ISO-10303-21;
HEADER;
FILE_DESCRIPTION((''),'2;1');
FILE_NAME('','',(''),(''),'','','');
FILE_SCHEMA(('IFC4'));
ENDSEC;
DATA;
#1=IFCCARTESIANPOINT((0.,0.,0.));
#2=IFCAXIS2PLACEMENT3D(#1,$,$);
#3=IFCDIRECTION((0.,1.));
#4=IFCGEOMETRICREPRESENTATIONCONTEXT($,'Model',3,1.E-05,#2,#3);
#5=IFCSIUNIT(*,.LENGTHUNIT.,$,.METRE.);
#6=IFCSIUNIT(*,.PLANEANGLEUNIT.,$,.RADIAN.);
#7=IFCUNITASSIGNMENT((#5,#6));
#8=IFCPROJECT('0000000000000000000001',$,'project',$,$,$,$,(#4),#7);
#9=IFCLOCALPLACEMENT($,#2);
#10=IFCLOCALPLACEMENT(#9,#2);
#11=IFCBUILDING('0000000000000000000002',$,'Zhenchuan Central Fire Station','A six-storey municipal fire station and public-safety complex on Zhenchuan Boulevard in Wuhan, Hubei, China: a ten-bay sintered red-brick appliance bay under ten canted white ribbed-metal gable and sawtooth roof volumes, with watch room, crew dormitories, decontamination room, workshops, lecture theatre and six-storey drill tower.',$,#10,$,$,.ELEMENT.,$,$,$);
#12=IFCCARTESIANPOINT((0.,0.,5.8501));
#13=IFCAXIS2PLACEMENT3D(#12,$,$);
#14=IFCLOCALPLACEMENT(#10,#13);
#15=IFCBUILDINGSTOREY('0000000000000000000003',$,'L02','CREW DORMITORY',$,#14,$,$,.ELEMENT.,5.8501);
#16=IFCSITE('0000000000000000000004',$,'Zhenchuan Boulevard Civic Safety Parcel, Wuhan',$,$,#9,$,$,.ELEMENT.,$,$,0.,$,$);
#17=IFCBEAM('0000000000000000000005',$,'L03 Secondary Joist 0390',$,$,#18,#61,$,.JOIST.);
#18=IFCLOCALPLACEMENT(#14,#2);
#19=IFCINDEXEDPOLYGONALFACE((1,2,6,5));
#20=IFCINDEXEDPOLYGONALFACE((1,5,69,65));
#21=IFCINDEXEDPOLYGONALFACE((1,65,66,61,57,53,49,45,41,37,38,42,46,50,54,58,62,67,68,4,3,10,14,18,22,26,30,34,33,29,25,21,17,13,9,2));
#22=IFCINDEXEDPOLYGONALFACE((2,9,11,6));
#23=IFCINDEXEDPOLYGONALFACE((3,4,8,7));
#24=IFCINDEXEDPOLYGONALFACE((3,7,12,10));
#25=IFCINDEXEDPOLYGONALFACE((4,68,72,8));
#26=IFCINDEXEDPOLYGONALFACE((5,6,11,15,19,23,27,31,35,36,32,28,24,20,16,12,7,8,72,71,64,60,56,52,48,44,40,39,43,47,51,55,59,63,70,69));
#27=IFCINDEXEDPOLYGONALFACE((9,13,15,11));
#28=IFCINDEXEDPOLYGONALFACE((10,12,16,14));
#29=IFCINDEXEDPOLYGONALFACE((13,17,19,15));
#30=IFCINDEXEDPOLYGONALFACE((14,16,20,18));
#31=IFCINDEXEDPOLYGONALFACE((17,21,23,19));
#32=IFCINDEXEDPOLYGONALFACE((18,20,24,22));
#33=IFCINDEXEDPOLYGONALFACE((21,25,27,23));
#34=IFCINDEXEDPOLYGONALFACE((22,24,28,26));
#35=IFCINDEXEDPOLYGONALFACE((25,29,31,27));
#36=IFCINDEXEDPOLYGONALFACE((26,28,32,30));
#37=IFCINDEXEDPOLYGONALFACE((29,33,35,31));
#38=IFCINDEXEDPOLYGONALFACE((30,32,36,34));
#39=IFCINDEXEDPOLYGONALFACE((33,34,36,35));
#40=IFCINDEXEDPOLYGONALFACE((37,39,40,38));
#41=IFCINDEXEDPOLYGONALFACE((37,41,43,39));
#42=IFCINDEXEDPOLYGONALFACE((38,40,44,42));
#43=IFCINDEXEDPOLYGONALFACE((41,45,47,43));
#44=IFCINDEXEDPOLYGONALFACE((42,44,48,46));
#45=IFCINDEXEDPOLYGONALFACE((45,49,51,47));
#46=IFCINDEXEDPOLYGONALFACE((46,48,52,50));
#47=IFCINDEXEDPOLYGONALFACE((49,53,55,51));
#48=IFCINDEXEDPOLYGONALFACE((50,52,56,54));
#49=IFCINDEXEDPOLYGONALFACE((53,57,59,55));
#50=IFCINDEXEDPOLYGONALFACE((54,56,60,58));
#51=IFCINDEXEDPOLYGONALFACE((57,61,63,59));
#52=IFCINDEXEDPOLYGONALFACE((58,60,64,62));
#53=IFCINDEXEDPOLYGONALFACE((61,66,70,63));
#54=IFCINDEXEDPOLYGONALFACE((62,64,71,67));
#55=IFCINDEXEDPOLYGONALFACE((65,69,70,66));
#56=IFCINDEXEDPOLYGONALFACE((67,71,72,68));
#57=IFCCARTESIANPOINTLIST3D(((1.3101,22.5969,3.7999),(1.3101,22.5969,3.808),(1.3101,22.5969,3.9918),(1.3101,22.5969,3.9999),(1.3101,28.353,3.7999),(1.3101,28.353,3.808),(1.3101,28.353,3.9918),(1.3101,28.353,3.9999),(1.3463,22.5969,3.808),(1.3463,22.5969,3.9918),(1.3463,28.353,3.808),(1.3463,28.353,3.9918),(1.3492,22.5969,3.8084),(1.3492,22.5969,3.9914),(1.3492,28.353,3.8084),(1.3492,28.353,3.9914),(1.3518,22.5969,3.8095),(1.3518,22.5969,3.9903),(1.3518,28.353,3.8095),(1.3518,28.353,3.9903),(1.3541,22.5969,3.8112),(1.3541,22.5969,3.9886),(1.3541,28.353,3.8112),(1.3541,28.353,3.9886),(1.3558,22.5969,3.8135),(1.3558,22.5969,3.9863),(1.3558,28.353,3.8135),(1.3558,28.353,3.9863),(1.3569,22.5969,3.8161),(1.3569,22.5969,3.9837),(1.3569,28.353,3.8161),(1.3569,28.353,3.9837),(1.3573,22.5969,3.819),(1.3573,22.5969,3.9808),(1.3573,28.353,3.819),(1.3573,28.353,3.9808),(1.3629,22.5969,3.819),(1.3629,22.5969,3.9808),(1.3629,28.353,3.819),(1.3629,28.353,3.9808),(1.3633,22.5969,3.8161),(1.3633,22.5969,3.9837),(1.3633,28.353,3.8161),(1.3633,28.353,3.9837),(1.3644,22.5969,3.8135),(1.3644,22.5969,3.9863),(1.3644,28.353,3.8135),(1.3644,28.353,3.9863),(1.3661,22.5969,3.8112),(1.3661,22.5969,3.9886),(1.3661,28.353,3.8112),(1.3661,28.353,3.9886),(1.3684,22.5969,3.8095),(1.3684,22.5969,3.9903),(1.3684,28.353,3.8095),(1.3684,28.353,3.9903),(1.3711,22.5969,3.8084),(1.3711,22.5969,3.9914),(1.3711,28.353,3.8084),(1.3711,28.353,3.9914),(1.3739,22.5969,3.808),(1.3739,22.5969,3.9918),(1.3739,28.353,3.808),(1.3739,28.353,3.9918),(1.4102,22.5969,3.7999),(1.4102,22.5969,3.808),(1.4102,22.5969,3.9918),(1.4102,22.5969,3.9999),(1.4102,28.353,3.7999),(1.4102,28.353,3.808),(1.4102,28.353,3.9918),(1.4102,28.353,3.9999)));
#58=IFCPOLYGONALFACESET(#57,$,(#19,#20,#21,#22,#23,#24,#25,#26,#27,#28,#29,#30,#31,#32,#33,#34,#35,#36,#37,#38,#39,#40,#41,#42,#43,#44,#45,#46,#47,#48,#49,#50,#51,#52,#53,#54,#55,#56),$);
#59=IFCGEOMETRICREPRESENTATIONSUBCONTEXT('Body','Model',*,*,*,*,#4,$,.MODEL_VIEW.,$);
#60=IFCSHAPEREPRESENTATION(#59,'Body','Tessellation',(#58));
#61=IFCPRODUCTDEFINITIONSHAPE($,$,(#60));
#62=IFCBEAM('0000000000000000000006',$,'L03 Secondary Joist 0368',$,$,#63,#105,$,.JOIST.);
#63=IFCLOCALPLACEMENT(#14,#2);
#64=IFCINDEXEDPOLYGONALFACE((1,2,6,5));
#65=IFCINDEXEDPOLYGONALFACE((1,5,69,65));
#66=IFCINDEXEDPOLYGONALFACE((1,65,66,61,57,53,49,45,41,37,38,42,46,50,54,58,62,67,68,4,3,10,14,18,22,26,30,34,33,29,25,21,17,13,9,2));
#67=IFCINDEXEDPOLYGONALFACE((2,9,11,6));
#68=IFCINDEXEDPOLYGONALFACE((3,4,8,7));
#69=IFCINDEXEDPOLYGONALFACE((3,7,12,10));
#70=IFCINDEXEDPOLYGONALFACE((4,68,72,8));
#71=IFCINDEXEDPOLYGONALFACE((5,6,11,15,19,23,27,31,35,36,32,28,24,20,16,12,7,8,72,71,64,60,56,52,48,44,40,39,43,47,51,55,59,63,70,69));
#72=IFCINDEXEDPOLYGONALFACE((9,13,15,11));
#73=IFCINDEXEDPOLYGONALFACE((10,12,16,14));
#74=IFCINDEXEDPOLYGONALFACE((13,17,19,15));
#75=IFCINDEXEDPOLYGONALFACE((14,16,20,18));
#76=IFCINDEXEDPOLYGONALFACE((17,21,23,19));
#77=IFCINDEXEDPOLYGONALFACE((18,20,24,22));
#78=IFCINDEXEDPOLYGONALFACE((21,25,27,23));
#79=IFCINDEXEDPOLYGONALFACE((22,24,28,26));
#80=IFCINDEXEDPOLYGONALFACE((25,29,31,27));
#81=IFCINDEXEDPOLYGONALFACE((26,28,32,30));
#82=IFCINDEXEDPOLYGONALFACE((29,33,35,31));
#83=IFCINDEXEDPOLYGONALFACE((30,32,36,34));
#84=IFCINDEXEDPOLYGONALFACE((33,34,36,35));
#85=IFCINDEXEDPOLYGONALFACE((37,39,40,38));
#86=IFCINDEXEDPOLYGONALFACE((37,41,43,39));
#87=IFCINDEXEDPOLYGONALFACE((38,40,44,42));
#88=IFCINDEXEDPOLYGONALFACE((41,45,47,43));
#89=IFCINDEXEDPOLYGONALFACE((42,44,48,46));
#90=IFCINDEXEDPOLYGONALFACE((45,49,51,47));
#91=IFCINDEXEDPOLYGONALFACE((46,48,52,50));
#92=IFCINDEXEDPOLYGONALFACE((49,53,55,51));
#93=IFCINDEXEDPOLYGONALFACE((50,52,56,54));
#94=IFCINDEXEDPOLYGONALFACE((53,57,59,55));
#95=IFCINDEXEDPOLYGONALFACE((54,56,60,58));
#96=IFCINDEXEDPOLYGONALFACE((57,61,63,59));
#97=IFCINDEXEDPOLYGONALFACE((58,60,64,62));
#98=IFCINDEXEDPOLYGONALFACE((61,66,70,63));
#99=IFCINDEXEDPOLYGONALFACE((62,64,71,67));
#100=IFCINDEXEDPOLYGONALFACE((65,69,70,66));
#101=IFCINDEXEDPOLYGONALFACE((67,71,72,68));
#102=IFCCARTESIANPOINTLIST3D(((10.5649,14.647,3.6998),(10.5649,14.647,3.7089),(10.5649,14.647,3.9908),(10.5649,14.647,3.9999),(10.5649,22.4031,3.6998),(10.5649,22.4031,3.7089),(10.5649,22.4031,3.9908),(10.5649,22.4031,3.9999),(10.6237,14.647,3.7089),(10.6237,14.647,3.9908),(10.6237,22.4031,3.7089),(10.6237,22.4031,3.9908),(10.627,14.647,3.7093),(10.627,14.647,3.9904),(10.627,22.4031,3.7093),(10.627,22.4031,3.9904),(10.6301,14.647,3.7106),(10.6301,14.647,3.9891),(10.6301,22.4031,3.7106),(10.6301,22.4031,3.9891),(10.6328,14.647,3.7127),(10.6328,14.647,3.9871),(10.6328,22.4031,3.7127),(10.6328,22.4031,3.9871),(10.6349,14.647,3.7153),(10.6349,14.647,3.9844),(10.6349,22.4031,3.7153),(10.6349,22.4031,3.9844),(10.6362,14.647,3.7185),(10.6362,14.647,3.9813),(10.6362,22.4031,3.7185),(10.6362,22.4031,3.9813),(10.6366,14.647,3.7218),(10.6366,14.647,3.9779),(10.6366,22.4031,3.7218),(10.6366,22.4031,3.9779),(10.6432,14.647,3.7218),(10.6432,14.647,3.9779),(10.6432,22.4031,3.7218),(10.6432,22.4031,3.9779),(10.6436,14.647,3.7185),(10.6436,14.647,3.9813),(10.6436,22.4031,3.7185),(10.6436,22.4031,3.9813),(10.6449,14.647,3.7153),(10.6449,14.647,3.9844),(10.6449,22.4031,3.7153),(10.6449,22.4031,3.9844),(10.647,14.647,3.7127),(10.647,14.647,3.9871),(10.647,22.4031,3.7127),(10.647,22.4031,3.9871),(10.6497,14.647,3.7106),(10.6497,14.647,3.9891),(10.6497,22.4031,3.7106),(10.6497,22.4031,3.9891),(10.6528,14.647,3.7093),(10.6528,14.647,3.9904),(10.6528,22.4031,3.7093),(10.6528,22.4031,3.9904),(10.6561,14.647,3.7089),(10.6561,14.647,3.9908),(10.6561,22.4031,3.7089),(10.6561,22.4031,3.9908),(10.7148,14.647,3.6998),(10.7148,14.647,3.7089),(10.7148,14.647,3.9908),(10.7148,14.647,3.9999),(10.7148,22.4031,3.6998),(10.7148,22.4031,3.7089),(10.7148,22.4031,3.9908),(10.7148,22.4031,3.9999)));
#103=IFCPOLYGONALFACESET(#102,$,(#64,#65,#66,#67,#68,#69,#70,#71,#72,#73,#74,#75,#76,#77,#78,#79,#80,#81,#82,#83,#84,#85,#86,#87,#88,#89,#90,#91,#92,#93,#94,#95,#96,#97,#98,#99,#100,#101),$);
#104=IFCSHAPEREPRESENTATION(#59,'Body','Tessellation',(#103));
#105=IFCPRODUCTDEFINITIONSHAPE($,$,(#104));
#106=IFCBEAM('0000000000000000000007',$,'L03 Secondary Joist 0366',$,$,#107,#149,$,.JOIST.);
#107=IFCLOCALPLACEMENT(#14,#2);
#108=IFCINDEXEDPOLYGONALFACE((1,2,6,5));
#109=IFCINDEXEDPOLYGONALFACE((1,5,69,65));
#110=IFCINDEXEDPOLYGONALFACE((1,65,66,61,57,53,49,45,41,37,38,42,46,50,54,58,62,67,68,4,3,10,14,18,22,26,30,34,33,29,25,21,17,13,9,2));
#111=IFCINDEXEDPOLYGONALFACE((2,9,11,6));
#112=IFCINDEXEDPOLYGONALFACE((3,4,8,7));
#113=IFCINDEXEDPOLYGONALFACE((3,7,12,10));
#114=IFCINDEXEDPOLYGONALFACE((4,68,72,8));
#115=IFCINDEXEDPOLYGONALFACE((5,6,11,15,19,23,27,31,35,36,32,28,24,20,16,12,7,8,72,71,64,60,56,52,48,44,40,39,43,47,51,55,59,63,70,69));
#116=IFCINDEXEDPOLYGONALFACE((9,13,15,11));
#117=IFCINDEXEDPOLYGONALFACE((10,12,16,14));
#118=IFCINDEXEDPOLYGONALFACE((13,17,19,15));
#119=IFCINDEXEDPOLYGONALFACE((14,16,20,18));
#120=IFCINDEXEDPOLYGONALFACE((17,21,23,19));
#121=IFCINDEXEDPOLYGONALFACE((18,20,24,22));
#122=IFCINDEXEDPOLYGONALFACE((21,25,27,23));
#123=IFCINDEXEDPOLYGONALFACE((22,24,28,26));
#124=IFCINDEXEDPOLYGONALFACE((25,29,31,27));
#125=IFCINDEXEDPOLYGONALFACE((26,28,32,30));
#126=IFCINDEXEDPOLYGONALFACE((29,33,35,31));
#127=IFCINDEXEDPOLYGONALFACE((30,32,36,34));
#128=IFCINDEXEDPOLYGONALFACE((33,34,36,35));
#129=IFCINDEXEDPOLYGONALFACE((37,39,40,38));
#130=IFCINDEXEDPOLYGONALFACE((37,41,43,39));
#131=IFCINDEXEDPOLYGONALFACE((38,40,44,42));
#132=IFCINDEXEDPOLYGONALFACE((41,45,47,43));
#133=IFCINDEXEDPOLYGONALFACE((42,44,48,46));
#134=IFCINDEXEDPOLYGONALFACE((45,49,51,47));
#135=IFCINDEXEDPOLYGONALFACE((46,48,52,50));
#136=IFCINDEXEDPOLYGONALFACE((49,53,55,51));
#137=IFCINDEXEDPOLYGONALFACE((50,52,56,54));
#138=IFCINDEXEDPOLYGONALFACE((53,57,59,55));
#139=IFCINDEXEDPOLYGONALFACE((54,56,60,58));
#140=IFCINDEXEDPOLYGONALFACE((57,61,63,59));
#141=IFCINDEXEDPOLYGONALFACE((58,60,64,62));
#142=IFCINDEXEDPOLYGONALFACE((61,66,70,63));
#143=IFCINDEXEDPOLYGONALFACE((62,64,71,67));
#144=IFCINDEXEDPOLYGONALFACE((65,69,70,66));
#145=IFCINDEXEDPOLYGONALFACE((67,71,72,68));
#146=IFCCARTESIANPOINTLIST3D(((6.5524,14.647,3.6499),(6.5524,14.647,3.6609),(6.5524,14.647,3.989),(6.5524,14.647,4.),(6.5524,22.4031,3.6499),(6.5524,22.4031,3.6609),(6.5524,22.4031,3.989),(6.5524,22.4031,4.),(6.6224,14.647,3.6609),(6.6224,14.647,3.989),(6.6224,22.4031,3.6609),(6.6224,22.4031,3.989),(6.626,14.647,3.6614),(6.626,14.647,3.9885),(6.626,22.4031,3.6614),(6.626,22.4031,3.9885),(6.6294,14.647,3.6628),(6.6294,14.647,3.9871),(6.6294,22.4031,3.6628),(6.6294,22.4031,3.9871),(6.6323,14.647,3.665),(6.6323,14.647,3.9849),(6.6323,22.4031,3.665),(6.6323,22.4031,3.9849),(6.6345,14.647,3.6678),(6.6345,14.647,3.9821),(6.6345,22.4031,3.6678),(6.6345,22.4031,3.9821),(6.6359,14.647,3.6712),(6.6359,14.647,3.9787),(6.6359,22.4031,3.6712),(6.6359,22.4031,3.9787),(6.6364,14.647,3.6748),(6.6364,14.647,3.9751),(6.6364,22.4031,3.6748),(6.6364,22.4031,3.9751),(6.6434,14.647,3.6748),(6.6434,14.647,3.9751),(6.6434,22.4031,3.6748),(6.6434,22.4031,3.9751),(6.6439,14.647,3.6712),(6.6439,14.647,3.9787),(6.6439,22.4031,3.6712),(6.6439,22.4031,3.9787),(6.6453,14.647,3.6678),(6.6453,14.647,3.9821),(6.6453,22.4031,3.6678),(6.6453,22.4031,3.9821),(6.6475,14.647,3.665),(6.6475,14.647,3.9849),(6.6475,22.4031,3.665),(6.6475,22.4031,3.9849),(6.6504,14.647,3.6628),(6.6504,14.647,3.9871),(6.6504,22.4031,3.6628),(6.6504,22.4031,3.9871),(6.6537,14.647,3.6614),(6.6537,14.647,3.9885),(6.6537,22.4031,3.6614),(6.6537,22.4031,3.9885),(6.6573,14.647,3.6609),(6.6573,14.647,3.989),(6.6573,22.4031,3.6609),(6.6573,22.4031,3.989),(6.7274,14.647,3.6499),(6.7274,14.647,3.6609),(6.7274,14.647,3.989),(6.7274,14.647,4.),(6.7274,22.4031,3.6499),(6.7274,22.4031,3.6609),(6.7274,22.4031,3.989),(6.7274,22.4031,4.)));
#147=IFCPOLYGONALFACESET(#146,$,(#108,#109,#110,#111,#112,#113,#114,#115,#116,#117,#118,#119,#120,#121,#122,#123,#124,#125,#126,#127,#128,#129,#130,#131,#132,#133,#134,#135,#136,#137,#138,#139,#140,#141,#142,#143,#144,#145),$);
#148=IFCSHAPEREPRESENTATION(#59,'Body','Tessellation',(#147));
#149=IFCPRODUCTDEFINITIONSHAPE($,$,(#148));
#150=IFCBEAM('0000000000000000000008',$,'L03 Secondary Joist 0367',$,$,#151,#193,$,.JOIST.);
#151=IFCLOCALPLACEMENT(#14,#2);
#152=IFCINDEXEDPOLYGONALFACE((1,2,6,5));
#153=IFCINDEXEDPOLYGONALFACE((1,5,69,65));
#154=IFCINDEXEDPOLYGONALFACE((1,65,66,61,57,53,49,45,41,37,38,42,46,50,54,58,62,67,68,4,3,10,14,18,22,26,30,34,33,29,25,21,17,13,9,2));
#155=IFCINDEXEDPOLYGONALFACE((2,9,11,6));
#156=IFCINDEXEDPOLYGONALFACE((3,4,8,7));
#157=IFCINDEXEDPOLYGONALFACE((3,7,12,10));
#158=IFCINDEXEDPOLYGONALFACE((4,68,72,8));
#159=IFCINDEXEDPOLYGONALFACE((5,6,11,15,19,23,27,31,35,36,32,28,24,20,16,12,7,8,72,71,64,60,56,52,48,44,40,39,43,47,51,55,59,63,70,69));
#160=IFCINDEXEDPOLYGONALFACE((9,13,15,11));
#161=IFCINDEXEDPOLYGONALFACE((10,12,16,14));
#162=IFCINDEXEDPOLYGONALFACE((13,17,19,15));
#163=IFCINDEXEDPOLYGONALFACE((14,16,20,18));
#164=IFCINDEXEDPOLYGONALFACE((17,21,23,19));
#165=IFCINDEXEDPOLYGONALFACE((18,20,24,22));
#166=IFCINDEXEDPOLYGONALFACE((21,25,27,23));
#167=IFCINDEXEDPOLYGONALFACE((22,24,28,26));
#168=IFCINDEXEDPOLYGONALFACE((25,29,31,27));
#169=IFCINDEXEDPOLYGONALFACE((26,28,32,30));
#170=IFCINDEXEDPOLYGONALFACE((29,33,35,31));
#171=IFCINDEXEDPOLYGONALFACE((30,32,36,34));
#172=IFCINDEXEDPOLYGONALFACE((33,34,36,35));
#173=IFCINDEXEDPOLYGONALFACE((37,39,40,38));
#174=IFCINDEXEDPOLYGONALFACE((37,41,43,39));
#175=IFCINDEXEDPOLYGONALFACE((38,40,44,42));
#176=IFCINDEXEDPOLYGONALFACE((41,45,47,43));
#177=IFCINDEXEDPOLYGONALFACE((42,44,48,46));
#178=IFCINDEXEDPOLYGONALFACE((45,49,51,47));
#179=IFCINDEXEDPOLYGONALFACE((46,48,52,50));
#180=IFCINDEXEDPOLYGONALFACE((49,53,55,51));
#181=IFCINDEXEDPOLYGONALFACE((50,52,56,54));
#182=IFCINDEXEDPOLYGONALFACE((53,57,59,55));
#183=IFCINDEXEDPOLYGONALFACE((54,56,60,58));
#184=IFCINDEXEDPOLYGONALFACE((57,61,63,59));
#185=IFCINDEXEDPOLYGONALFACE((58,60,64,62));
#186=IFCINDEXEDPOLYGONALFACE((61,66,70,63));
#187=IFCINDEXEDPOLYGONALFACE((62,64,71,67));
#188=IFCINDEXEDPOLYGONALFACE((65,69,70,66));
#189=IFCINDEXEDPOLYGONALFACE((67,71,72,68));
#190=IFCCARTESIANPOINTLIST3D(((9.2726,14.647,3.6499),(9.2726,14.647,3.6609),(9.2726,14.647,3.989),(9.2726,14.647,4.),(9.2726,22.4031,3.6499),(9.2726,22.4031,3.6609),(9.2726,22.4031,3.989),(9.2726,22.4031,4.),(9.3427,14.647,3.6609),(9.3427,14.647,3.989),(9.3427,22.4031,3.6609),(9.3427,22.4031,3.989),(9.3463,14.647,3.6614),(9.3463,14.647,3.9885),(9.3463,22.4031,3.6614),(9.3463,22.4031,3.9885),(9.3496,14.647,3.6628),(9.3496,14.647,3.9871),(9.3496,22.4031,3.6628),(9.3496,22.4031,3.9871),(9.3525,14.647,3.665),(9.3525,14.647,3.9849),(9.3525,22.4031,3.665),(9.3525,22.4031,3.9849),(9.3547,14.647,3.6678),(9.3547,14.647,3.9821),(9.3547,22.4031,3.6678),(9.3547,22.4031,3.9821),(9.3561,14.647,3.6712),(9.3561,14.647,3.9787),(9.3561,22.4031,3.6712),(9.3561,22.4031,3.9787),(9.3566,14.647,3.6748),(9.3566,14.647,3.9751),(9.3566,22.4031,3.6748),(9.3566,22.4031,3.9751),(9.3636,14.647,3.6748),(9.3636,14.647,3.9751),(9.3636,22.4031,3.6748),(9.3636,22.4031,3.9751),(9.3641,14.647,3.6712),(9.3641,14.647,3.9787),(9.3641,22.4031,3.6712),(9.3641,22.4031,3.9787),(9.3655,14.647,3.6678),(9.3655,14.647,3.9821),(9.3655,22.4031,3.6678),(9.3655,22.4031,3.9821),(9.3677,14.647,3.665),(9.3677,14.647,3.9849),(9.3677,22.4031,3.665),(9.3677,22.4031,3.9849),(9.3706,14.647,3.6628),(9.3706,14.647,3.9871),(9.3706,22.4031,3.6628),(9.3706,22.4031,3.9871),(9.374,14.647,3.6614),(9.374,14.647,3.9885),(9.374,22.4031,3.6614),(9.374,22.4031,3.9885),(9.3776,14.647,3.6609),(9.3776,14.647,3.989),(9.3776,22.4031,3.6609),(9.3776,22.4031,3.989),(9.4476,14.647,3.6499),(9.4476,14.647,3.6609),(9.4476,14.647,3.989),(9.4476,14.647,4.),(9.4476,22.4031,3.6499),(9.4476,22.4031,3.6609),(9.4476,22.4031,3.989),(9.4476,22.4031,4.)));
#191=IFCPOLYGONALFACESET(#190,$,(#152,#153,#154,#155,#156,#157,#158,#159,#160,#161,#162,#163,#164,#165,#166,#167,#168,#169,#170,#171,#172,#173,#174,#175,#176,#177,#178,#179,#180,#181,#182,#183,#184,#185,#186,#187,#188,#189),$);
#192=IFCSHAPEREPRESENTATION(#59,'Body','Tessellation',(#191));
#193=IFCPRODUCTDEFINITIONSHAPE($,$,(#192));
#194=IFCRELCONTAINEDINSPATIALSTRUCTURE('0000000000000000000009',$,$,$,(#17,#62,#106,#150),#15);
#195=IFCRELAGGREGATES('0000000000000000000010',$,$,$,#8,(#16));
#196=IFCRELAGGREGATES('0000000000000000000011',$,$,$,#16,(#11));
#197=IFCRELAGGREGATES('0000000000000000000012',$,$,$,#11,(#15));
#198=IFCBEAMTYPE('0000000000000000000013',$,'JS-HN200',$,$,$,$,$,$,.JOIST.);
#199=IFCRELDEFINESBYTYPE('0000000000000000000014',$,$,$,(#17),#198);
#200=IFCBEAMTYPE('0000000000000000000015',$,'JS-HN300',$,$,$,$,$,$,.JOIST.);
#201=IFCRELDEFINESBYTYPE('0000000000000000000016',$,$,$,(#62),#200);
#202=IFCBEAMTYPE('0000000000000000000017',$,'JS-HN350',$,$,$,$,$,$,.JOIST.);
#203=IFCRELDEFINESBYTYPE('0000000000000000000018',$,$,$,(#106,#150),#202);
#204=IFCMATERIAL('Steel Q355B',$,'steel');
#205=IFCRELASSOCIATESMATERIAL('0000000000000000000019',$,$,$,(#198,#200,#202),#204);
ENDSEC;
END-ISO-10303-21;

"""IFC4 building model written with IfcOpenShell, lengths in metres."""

from ifc_helpers import new_model, si_unit, direction, frame, origin, origin_2d, place, context, subcontext, project, spatial, i_section, extrude, material, material_profile, profile_set, type_object, element, save


model = new_model("IFC4")

# Units and contexts
model_context = context("Model", 3, precision=1e-05, world=origin(), true_north=direction((0.0, 1.0)))
body_context = subcontext(model_context, "Body", "Model", "MODEL_VIEW")
ifc_project = project(units=[si_unit("LENGTHUNIT", "METRE"), si_unit("PLANEANGLEUNIT", "RADIAN")], contexts=[model_context])

# Site, building, storey
site_placement = place(None, origin())
site = spatial("IfcSite", under=ifc_project, at=site_placement, Name="Zhenchuan Boulevard Civic Safety Parcel, Wuhan", CompositionType="ELEMENT", RefElevation=0.0)
building_placement = place(site_placement, origin())
building = spatial("IfcBuilding", under=site, at=building_placement, Name="Zhenchuan Central Fire Station", Description="A six-storey municipal fire station and public-safety complex on Zhenchuan Boulevard in Wuhan, Hubei, China: a ten-bay sintered red-brick appliance bay under ten canted white ribbed-metal gable and sawtooth roof volumes, with watch room, crew dormitories, decontamination room, workshops, lecture theatre and six-storey drill tower.", CompositionType="ELEMENT")
storey_placement = place(building_placement, frame((0.0, 0.0, 5.8501)))
storey = spatial("IfcBuildingStorey", under=building, at=storey_placement, Name="L02", Description="CREW DORMITORY", CompositionType="ELEMENT", Elevation=5.8501)

# Shared definitions
ifc_material_1 = material(Name="Steel Q355B", Category="steel")

# Beams
ifc_material_profile_1 = material_profile(ifc_material_1, i_section(OverallWidth=0.1001, OverallDepth=0.2, WebThickness=0.0056, FlangeThickness=0.0081, FilletRadius=0.011, at=origin_2d()), Name="HN 200x100")
ifc_profile_set_1 = profile_set([ifc_material_profile_1], Name="Steel Q355B")
beam_type_1 = type_object("IfcBeamType", Name="JS-HN200", PredefinedType="JOIST", material=ifc_profile_set_1)
beam_1_placement = place(storey_placement, frame((1.3601, 22.5969, 3.8999), z_axis=(0.0, 1.0, 0.0), x_axis=(-1.0, 0.0, 0.0)))
element("IfcBeam", 1, at=beam_1_placement, inside=storey, type_object=beam_type_1, Name="L03 Secondary Joist 0390", PredefinedType="JOIST", context=body_context, shape_type="SweptSolid", body=[
    extrude(i_section(OverallWidth=0.1001, OverallDepth=0.2, WebThickness=0.0056, FlangeThickness=0.0081, FilletRadius=0.011, at=origin_2d()), origin(), (0.0, 0.0, 1.0), 5.7561),
])
ifc_material_profile_2 = material_profile(ifc_material_1, i_section(OverallWidth=0.1499, OverallDepth=0.3, WebThickness=0.0066, FlangeThickness=0.009, FilletRadius=0.0129, at=origin_2d()), Name="HN 300x150")
ifc_profile_set_2 = profile_set([ifc_material_profile_2], Name="Steel Q355B")
beam_type_2 = type_object("IfcBeamType", Name="JS-HN300", PredefinedType="JOIST", material=ifc_profile_set_2)
beam_2_placement = place(storey_placement, frame((10.6399, 14.647, 3.8499), z_axis=(0.0, 1.0, 0.0), x_axis=(-1.0, 0.0, 0.0)))
element("IfcBeam", 2, at=beam_2_placement, inside=storey, type_object=beam_type_2, Name="L03 Secondary Joist 0368", PredefinedType="JOIST", context=body_context, shape_type="SweptSolid", body=[
    extrude(i_section(OverallWidth=0.1499, OverallDepth=0.3, WebThickness=0.0066, FlangeThickness=0.009, FilletRadius=0.0129, at=origin_2d()), origin(), (0.0, 0.0, 1.0), 7.7561),
])
ifc_material_profile_3 = material_profile(ifc_material_1, i_section(OverallWidth=0.175, OverallDepth=0.3501, WebThickness=0.0071, FlangeThickness=0.011, FilletRadius=0.0139, at=origin_2d()), Name="HN 350x175")
ifc_profile_set_3 = profile_set([ifc_material_profile_3], Name="Steel Q355B")
beam_type_3 = type_object("IfcBeamType", Name="JS-HN350", PredefinedType="JOIST", material=ifc_profile_set_3)
for number, where, z_axis, x_axis, name in (
    (3, (6.6399, 14.647, 3.825), (0.0, 1.0, 0.0), (-1.0, 0.0, 0.0), "L03 Secondary Joist 0366"),
    (4, (9.3601, 14.647, 3.825), (0.0, 1.0, 0.0), (-1.0, 0.0, 0.0), "L03 Secondary Joist 0367"),
):
    element("IfcBeam", number, at=place(storey_placement, frame(where, z_axis=z_axis, x_axis=x_axis)), inside=storey, type_object=beam_type_3, Name=name, PredefinedType="JOIST", context=body_context, shape_type="SweptSolid", body=[
        extrude(i_section(OverallWidth=0.175, OverallDepth=0.3501, WebThickness=0.0071, FlangeThickness=0.011, FilletRadius=0.0139, at=origin_2d()), origin(), (0.0, 0.0, 1.0), 7.7561),
    ])

save(model, "model.ifc")
